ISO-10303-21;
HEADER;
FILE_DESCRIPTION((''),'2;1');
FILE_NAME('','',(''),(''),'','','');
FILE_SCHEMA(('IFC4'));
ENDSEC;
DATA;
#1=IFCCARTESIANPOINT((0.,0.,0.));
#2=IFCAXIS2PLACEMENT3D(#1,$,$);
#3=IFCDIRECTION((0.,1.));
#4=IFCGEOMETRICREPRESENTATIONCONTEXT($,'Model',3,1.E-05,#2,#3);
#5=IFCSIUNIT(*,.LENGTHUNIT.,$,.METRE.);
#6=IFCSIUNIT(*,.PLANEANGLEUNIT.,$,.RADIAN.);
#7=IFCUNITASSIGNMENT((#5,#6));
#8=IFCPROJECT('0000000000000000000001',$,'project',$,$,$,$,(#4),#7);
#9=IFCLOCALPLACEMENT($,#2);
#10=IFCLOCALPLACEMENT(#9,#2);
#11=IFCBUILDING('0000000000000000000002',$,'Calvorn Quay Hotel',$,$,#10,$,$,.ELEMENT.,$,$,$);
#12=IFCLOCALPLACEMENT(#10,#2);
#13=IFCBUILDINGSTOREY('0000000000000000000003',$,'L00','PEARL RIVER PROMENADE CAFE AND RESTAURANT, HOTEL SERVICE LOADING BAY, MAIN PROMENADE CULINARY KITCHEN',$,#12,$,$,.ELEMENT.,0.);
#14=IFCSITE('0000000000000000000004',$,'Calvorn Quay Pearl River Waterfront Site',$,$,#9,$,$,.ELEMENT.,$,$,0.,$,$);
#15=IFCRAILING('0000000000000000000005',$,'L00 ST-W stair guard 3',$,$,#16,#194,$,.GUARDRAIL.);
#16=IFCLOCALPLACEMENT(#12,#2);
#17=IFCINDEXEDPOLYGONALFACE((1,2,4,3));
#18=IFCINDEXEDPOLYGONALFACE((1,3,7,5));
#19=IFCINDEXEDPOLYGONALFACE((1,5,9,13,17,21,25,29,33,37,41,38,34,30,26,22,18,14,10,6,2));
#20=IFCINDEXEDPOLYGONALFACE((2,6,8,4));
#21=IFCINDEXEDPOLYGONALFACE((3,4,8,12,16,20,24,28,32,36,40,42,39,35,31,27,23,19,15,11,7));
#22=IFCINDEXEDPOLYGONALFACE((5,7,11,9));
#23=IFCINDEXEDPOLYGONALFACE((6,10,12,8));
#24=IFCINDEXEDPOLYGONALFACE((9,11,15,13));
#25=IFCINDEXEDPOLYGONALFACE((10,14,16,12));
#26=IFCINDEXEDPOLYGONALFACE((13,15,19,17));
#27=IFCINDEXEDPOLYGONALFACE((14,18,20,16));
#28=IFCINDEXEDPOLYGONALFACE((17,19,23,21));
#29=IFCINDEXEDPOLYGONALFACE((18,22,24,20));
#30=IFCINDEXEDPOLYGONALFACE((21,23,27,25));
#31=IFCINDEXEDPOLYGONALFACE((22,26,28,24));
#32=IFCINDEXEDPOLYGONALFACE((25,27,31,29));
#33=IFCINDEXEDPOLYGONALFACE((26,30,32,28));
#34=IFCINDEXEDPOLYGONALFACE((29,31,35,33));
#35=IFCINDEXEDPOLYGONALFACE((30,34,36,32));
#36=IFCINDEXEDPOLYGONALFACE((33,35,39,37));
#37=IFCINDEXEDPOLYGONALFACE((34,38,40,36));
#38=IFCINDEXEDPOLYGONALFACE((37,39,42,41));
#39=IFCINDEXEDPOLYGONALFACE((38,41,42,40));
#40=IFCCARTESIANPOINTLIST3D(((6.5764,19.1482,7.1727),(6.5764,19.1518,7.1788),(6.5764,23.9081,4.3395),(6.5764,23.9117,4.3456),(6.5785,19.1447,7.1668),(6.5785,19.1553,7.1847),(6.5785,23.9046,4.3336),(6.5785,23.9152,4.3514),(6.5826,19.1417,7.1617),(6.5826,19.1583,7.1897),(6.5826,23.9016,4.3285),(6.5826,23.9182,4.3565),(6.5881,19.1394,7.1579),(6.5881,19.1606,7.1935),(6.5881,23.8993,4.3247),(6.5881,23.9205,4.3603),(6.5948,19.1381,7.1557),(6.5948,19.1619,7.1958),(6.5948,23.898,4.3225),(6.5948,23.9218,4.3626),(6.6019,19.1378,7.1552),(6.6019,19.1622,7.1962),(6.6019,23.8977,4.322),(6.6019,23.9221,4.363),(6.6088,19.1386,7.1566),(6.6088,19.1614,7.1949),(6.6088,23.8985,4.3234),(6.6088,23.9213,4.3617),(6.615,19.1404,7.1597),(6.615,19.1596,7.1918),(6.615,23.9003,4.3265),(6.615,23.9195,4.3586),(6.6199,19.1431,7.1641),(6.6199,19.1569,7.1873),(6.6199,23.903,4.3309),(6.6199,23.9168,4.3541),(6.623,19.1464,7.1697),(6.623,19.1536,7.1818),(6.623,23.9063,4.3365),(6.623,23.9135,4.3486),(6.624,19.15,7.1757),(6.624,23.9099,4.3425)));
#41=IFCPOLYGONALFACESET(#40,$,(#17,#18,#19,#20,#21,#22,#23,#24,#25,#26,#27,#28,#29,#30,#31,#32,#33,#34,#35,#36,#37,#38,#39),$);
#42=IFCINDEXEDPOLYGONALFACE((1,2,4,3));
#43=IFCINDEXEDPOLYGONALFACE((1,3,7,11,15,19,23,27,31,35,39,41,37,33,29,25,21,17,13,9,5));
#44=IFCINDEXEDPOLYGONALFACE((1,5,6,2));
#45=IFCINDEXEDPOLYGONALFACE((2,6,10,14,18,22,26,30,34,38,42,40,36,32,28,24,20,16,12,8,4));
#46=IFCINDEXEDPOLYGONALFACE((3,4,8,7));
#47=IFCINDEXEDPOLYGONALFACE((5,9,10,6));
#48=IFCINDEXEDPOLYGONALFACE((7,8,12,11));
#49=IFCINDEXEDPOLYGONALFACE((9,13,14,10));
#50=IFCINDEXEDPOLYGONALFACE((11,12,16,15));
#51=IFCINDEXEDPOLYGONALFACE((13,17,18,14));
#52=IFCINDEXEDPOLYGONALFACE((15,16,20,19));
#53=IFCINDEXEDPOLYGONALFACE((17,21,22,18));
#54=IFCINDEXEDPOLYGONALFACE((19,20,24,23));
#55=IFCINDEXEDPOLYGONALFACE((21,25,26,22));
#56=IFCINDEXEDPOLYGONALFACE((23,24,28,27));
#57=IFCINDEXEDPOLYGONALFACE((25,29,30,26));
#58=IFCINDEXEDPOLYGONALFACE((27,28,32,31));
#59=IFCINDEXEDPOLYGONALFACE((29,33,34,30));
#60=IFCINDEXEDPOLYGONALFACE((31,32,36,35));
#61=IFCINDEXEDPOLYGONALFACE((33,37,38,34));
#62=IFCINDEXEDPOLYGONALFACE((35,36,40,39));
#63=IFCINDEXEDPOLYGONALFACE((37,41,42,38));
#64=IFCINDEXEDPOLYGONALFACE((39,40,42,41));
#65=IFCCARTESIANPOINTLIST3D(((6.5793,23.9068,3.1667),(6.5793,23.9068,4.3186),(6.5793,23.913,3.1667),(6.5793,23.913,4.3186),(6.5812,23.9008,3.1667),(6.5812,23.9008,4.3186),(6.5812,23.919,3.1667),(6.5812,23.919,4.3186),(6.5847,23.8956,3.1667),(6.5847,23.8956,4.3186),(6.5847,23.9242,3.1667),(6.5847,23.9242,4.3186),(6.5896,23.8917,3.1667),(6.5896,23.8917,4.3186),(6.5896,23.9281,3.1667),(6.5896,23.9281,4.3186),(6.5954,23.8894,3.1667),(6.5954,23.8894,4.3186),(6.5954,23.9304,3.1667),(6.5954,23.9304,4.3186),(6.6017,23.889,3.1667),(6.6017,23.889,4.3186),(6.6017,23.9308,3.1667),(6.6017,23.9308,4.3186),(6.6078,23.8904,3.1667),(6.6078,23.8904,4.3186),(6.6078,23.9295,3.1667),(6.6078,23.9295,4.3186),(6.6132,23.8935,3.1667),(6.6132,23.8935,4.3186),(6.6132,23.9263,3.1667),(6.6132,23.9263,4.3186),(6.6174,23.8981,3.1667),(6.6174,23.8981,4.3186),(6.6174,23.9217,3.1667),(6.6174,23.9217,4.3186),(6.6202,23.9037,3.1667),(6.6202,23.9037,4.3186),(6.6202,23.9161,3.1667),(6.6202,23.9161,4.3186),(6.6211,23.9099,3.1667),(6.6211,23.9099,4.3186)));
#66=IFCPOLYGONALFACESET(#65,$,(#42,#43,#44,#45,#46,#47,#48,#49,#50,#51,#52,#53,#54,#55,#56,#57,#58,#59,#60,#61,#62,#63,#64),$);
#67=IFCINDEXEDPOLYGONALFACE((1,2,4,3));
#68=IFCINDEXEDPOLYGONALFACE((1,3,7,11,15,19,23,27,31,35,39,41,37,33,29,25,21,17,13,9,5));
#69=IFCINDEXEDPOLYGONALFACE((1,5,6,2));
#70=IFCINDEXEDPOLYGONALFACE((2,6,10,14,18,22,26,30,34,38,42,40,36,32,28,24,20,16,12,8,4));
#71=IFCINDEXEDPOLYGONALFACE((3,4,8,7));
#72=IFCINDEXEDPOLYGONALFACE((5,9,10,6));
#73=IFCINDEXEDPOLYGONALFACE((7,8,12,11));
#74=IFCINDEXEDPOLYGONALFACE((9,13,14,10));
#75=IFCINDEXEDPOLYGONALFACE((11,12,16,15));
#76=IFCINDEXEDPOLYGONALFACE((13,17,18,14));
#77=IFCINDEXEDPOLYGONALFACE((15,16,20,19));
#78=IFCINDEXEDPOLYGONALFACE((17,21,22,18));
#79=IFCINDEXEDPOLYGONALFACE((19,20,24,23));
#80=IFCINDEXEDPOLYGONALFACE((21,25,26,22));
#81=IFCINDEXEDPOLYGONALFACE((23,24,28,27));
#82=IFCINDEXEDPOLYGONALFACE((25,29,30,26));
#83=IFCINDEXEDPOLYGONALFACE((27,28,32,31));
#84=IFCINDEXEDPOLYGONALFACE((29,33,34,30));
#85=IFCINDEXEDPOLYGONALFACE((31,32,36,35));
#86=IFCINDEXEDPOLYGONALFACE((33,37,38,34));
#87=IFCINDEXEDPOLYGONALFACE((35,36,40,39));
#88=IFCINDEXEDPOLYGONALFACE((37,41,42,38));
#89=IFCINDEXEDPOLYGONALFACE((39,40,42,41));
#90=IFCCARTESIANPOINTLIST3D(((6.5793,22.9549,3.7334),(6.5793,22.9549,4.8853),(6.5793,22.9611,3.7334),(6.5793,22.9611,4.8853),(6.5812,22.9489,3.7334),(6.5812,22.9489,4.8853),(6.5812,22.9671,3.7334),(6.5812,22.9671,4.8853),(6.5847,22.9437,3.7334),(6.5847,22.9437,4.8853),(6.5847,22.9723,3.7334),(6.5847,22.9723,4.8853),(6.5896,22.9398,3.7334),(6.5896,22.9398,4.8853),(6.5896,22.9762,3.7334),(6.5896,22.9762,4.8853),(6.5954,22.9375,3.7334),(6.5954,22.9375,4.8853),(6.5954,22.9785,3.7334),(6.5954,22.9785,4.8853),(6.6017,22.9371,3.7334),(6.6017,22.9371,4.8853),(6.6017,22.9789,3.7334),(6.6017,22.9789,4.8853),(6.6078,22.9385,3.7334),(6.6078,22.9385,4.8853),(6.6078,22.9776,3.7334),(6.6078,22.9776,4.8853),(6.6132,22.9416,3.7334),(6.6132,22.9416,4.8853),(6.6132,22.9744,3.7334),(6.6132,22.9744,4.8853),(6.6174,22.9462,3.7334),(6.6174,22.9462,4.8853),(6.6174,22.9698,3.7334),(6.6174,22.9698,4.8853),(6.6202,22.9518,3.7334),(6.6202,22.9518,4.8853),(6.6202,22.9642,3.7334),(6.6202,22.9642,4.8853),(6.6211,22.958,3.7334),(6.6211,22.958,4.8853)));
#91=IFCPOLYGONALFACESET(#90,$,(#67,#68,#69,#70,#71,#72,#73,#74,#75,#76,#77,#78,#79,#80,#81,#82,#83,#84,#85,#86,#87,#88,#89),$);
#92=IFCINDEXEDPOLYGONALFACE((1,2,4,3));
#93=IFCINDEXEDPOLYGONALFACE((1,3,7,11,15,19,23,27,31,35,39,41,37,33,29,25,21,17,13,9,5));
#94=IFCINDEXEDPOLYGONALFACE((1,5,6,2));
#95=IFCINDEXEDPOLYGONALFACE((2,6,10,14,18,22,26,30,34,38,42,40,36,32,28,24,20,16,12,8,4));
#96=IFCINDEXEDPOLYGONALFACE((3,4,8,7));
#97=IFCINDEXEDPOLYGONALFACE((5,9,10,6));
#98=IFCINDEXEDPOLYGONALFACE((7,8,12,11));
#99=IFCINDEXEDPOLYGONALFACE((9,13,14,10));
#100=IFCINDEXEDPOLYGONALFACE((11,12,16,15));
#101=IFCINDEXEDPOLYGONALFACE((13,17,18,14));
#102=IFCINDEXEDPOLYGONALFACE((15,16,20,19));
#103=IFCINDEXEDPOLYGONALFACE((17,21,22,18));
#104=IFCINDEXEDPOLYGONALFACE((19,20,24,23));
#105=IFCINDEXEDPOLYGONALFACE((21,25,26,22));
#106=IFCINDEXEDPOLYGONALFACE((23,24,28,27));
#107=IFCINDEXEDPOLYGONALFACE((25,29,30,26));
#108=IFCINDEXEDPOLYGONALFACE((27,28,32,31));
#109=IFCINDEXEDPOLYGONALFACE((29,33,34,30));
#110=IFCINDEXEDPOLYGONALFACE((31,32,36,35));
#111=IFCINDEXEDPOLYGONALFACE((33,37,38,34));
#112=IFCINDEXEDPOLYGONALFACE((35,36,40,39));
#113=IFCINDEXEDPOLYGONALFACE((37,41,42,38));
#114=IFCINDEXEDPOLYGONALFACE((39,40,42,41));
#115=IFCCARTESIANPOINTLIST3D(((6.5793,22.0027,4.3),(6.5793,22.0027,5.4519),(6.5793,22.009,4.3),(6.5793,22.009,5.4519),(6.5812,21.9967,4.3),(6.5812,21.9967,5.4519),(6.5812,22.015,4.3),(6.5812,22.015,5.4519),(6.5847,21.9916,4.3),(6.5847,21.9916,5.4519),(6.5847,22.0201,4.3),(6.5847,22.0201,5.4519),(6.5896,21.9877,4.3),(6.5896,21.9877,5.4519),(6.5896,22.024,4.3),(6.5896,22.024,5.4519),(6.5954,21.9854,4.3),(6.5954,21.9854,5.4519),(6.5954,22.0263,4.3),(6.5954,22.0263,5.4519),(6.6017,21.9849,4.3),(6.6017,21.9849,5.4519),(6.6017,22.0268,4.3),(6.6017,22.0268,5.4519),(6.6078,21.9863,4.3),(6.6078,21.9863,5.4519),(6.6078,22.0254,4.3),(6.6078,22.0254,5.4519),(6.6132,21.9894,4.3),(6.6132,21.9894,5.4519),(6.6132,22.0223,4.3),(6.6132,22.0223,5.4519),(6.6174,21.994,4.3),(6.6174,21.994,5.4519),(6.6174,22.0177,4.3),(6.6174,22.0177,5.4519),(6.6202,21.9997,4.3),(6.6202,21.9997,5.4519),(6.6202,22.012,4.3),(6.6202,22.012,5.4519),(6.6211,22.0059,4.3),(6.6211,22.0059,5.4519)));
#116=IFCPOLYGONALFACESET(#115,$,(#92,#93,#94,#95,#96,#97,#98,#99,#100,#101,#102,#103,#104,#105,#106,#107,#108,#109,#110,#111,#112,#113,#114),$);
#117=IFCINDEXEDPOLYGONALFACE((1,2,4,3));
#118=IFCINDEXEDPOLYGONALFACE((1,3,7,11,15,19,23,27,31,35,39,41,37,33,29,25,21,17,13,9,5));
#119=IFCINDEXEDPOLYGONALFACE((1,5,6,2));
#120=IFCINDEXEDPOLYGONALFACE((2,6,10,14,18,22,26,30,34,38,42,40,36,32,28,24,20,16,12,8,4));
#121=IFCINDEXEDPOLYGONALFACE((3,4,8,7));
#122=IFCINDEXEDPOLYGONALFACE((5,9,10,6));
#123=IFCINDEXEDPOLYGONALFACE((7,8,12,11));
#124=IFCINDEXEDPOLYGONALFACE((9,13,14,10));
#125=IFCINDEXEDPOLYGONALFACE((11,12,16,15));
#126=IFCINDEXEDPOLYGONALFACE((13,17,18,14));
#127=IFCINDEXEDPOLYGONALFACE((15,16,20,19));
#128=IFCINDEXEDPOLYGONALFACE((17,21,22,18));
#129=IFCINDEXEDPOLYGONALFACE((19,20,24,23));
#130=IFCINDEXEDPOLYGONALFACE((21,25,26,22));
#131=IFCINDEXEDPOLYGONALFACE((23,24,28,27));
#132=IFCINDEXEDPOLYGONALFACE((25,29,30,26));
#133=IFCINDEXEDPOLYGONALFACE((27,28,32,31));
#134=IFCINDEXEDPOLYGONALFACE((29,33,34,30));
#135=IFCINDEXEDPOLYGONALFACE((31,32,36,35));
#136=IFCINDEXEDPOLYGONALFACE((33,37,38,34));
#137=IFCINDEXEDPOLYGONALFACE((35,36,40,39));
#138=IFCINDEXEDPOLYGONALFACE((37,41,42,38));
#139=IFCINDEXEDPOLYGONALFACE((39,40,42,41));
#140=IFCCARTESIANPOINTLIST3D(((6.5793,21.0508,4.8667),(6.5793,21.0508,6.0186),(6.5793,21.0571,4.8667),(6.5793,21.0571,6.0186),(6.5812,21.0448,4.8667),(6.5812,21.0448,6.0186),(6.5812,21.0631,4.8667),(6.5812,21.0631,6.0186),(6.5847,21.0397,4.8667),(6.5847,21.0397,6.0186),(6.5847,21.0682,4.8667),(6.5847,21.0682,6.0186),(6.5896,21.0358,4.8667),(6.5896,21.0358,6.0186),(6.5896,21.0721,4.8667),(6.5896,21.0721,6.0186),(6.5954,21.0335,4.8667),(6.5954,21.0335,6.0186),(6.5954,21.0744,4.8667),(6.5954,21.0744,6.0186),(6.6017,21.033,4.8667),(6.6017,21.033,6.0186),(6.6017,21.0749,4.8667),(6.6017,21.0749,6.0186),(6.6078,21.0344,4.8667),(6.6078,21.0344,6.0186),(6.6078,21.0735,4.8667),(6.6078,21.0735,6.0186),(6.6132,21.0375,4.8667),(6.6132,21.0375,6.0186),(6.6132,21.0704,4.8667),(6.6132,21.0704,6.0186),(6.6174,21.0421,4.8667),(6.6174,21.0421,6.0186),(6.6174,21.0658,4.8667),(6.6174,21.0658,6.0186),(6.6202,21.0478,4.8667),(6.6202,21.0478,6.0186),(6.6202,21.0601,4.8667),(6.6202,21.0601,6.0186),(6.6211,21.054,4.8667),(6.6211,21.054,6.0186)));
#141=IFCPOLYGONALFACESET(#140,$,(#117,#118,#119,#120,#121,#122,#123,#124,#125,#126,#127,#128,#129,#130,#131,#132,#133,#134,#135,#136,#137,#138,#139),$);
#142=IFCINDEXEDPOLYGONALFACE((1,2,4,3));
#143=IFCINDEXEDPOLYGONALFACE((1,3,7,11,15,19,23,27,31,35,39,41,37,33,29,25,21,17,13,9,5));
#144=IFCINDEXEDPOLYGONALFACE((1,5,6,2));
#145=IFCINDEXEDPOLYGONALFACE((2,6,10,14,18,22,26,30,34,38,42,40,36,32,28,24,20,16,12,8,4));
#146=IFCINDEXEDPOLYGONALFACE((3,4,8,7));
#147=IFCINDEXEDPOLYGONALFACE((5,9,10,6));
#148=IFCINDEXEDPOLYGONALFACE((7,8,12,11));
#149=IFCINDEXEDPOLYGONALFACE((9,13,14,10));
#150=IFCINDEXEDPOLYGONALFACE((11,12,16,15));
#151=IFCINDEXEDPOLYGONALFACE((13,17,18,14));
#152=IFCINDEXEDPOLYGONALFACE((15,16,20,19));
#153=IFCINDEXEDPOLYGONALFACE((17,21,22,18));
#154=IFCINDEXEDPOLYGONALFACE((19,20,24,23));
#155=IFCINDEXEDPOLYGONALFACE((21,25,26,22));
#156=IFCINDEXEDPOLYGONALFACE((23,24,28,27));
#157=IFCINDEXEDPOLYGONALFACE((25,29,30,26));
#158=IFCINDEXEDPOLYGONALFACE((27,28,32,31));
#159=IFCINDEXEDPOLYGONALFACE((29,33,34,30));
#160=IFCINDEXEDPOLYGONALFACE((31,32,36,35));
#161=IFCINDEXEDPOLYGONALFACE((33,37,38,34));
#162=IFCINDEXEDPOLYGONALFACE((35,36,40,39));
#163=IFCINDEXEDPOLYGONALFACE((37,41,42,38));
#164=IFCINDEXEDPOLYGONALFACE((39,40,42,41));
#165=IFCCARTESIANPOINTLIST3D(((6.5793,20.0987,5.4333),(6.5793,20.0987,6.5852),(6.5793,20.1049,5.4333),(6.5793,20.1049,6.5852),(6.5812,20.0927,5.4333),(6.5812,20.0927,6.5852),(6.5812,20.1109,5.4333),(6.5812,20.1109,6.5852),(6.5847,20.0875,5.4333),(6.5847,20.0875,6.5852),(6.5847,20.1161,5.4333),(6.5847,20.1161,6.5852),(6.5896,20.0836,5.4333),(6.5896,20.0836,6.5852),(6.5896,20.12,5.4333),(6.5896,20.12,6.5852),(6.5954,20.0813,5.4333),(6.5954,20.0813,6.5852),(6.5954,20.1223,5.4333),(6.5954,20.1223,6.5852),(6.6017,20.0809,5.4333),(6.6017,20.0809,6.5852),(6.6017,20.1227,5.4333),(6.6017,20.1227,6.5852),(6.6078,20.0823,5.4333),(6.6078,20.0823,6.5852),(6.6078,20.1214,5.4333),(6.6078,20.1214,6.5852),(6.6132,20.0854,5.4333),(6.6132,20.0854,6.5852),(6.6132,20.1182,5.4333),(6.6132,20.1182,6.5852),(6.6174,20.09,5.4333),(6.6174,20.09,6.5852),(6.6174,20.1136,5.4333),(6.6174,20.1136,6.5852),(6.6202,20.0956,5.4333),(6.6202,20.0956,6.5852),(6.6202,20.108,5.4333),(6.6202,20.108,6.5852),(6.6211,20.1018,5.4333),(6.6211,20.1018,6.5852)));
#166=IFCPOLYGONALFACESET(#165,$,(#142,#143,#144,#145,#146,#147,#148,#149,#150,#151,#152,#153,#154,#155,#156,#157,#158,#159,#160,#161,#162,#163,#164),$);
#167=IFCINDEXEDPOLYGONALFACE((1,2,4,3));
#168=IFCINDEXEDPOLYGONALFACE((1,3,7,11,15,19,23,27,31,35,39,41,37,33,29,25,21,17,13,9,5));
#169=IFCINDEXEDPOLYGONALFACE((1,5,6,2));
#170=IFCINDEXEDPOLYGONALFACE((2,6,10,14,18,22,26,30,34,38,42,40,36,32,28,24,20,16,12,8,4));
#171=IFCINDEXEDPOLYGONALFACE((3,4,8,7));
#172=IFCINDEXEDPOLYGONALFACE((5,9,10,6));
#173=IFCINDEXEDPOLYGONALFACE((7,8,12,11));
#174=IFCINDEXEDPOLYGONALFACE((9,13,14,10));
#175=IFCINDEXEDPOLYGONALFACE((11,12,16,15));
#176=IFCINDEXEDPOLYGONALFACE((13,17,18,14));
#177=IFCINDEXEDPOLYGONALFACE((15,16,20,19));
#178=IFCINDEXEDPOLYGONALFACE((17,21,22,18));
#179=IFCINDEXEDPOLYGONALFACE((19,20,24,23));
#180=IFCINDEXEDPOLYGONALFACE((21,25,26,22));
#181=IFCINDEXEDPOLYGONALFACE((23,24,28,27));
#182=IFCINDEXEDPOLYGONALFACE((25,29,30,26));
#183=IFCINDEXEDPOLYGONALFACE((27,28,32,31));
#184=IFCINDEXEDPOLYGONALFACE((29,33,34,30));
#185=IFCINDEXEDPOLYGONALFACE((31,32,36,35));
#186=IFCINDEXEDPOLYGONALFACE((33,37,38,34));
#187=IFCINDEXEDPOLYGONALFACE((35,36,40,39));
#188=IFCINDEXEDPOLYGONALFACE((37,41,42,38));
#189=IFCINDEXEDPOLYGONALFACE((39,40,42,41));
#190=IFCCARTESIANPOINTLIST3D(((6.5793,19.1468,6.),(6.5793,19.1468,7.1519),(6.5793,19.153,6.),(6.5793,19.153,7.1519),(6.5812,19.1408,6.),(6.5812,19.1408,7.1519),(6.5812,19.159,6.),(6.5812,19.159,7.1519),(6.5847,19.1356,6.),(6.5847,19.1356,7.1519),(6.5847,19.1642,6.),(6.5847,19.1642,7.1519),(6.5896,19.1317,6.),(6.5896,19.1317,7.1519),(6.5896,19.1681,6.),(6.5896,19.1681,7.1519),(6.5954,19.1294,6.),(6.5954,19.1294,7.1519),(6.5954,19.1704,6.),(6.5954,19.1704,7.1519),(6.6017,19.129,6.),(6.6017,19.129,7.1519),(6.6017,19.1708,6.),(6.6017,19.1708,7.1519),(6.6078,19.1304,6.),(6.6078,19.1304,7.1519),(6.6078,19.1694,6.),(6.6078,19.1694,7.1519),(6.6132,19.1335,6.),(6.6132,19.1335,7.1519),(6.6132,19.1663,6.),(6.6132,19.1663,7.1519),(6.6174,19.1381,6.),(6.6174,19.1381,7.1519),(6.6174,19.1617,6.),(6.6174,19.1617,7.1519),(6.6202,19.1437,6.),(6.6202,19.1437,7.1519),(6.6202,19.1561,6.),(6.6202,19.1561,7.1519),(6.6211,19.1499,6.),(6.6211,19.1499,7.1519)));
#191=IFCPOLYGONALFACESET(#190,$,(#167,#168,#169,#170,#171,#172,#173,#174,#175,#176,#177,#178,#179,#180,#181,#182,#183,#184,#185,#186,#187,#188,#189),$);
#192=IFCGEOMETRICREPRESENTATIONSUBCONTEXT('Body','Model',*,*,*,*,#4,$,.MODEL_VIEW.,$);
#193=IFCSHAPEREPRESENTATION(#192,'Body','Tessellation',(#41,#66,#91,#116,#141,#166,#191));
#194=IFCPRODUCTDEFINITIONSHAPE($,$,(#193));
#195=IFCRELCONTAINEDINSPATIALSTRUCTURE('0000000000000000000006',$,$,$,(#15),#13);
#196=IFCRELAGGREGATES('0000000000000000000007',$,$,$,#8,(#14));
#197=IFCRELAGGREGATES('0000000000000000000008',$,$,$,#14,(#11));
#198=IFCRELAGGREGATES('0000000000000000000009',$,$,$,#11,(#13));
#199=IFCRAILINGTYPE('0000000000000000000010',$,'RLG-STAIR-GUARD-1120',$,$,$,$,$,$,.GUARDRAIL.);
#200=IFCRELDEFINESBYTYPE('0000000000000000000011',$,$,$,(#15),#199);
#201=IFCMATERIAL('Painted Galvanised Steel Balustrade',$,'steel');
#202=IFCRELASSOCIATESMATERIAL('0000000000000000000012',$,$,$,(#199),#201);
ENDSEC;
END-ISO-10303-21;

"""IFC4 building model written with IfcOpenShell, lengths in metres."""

from ifc_helpers import new_model, si_unit, direction, frame, origin, origin_2d, place, context, subcontext, project, spatial, circle, extrude, material, type_object, element, save


model = new_model("IFC4")

# Units and contexts
model_context = context("Model", 3, precision=1e-05, world=origin(), true_north=direction((0.0, 1.0)))
body_context = subcontext(model_context, "Body", "Model", "MODEL_VIEW")
ifc_project = project(units=[si_unit("LENGTHUNIT", "METRE"), si_unit("PLANEANGLEUNIT", "RADIAN")], contexts=[model_context])

# Site, building, storey
site_placement = place(None, origin())
site = spatial("IfcSite", under=ifc_project, at=site_placement, Name="Calvorn Quay Pearl River Waterfront Site", CompositionType="ELEMENT", RefElevation=0.0)
building_placement = place(site_placement, origin())
building = spatial("IfcBuilding", under=site, at=building_placement, Name="Calvorn Quay Hotel", CompositionType="ELEMENT")
storey_placement = place(building_placement, origin())
storey = spatial("IfcBuildingStorey", under=building, at=storey_placement, Name="L00", Description="PEARL RIVER PROMENADE CAFE AND RESTAURANT, HOTEL SERVICE LOADING BAY, MAIN PROMENADE CULINARY KITCHEN", CompositionType="ELEMENT", Elevation=0.0)

# Railing
ifc_material_1 = material(Name="Painted Galvanised Steel Balustrade", Category="steel")
railing_type_1 = type_object("IfcRailingType", Name="RLG-STAIR-GUARD-1120", PredefinedType="GUARDRAIL", material=ifc_material_1)
railing_1_placement = place(storey_placement, frame((6.6001, 23.9099, 3.1667)))
element("IfcRailing", 1, at=railing_1_placement, inside=storey, type_object=railing_type_1, Name="L00 ST-W stair guard 3", PredefinedType="GUARDRAIL", context=body_context, shape_type="SweptSolid", body=[
    extrude(circle(Radius=0.0239, at=origin_2d()), frame((0.0, 0.0, 1.1758), z_axis=(0.0, -0.8593, 0.511472), x_axis=(1.0, 0.0, 0.0)), (0.0, 0.0, 1.0), 5.5393),
    extrude(circle(Radius=0.021, at=origin_2d()), origin(), (0.0, 0.0, 1.0), 1.1519),
    extrude(circle(Radius=0.021, at=origin_2d()), frame((0.0, -0.9519, 0.5667)), (0.0, 0.0, 1.0), 1.1519),
    extrude(circle(Radius=0.021, at=origin_2d()), frame((0.0, -1.9041, 1.1333)), (0.0, 0.0, 1.0), 1.1519),
    extrude(circle(Radius=0.021, at=origin_2d()), frame((0.0, -2.856, 1.7)), (0.0, 0.0, 1.0), 1.1519),
    extrude(circle(Radius=0.021, at=origin_2d()), frame((0.0, -3.8081, 2.2666)), (0.0, 0.0, 1.0), 1.1519),
    extrude(circle(Radius=0.021, at=origin_2d()), frame((0.0, -4.76, 2.8333)), (0.0, 0.0, 1.0), 1.1519),
])

save(model, "model.ifc")
